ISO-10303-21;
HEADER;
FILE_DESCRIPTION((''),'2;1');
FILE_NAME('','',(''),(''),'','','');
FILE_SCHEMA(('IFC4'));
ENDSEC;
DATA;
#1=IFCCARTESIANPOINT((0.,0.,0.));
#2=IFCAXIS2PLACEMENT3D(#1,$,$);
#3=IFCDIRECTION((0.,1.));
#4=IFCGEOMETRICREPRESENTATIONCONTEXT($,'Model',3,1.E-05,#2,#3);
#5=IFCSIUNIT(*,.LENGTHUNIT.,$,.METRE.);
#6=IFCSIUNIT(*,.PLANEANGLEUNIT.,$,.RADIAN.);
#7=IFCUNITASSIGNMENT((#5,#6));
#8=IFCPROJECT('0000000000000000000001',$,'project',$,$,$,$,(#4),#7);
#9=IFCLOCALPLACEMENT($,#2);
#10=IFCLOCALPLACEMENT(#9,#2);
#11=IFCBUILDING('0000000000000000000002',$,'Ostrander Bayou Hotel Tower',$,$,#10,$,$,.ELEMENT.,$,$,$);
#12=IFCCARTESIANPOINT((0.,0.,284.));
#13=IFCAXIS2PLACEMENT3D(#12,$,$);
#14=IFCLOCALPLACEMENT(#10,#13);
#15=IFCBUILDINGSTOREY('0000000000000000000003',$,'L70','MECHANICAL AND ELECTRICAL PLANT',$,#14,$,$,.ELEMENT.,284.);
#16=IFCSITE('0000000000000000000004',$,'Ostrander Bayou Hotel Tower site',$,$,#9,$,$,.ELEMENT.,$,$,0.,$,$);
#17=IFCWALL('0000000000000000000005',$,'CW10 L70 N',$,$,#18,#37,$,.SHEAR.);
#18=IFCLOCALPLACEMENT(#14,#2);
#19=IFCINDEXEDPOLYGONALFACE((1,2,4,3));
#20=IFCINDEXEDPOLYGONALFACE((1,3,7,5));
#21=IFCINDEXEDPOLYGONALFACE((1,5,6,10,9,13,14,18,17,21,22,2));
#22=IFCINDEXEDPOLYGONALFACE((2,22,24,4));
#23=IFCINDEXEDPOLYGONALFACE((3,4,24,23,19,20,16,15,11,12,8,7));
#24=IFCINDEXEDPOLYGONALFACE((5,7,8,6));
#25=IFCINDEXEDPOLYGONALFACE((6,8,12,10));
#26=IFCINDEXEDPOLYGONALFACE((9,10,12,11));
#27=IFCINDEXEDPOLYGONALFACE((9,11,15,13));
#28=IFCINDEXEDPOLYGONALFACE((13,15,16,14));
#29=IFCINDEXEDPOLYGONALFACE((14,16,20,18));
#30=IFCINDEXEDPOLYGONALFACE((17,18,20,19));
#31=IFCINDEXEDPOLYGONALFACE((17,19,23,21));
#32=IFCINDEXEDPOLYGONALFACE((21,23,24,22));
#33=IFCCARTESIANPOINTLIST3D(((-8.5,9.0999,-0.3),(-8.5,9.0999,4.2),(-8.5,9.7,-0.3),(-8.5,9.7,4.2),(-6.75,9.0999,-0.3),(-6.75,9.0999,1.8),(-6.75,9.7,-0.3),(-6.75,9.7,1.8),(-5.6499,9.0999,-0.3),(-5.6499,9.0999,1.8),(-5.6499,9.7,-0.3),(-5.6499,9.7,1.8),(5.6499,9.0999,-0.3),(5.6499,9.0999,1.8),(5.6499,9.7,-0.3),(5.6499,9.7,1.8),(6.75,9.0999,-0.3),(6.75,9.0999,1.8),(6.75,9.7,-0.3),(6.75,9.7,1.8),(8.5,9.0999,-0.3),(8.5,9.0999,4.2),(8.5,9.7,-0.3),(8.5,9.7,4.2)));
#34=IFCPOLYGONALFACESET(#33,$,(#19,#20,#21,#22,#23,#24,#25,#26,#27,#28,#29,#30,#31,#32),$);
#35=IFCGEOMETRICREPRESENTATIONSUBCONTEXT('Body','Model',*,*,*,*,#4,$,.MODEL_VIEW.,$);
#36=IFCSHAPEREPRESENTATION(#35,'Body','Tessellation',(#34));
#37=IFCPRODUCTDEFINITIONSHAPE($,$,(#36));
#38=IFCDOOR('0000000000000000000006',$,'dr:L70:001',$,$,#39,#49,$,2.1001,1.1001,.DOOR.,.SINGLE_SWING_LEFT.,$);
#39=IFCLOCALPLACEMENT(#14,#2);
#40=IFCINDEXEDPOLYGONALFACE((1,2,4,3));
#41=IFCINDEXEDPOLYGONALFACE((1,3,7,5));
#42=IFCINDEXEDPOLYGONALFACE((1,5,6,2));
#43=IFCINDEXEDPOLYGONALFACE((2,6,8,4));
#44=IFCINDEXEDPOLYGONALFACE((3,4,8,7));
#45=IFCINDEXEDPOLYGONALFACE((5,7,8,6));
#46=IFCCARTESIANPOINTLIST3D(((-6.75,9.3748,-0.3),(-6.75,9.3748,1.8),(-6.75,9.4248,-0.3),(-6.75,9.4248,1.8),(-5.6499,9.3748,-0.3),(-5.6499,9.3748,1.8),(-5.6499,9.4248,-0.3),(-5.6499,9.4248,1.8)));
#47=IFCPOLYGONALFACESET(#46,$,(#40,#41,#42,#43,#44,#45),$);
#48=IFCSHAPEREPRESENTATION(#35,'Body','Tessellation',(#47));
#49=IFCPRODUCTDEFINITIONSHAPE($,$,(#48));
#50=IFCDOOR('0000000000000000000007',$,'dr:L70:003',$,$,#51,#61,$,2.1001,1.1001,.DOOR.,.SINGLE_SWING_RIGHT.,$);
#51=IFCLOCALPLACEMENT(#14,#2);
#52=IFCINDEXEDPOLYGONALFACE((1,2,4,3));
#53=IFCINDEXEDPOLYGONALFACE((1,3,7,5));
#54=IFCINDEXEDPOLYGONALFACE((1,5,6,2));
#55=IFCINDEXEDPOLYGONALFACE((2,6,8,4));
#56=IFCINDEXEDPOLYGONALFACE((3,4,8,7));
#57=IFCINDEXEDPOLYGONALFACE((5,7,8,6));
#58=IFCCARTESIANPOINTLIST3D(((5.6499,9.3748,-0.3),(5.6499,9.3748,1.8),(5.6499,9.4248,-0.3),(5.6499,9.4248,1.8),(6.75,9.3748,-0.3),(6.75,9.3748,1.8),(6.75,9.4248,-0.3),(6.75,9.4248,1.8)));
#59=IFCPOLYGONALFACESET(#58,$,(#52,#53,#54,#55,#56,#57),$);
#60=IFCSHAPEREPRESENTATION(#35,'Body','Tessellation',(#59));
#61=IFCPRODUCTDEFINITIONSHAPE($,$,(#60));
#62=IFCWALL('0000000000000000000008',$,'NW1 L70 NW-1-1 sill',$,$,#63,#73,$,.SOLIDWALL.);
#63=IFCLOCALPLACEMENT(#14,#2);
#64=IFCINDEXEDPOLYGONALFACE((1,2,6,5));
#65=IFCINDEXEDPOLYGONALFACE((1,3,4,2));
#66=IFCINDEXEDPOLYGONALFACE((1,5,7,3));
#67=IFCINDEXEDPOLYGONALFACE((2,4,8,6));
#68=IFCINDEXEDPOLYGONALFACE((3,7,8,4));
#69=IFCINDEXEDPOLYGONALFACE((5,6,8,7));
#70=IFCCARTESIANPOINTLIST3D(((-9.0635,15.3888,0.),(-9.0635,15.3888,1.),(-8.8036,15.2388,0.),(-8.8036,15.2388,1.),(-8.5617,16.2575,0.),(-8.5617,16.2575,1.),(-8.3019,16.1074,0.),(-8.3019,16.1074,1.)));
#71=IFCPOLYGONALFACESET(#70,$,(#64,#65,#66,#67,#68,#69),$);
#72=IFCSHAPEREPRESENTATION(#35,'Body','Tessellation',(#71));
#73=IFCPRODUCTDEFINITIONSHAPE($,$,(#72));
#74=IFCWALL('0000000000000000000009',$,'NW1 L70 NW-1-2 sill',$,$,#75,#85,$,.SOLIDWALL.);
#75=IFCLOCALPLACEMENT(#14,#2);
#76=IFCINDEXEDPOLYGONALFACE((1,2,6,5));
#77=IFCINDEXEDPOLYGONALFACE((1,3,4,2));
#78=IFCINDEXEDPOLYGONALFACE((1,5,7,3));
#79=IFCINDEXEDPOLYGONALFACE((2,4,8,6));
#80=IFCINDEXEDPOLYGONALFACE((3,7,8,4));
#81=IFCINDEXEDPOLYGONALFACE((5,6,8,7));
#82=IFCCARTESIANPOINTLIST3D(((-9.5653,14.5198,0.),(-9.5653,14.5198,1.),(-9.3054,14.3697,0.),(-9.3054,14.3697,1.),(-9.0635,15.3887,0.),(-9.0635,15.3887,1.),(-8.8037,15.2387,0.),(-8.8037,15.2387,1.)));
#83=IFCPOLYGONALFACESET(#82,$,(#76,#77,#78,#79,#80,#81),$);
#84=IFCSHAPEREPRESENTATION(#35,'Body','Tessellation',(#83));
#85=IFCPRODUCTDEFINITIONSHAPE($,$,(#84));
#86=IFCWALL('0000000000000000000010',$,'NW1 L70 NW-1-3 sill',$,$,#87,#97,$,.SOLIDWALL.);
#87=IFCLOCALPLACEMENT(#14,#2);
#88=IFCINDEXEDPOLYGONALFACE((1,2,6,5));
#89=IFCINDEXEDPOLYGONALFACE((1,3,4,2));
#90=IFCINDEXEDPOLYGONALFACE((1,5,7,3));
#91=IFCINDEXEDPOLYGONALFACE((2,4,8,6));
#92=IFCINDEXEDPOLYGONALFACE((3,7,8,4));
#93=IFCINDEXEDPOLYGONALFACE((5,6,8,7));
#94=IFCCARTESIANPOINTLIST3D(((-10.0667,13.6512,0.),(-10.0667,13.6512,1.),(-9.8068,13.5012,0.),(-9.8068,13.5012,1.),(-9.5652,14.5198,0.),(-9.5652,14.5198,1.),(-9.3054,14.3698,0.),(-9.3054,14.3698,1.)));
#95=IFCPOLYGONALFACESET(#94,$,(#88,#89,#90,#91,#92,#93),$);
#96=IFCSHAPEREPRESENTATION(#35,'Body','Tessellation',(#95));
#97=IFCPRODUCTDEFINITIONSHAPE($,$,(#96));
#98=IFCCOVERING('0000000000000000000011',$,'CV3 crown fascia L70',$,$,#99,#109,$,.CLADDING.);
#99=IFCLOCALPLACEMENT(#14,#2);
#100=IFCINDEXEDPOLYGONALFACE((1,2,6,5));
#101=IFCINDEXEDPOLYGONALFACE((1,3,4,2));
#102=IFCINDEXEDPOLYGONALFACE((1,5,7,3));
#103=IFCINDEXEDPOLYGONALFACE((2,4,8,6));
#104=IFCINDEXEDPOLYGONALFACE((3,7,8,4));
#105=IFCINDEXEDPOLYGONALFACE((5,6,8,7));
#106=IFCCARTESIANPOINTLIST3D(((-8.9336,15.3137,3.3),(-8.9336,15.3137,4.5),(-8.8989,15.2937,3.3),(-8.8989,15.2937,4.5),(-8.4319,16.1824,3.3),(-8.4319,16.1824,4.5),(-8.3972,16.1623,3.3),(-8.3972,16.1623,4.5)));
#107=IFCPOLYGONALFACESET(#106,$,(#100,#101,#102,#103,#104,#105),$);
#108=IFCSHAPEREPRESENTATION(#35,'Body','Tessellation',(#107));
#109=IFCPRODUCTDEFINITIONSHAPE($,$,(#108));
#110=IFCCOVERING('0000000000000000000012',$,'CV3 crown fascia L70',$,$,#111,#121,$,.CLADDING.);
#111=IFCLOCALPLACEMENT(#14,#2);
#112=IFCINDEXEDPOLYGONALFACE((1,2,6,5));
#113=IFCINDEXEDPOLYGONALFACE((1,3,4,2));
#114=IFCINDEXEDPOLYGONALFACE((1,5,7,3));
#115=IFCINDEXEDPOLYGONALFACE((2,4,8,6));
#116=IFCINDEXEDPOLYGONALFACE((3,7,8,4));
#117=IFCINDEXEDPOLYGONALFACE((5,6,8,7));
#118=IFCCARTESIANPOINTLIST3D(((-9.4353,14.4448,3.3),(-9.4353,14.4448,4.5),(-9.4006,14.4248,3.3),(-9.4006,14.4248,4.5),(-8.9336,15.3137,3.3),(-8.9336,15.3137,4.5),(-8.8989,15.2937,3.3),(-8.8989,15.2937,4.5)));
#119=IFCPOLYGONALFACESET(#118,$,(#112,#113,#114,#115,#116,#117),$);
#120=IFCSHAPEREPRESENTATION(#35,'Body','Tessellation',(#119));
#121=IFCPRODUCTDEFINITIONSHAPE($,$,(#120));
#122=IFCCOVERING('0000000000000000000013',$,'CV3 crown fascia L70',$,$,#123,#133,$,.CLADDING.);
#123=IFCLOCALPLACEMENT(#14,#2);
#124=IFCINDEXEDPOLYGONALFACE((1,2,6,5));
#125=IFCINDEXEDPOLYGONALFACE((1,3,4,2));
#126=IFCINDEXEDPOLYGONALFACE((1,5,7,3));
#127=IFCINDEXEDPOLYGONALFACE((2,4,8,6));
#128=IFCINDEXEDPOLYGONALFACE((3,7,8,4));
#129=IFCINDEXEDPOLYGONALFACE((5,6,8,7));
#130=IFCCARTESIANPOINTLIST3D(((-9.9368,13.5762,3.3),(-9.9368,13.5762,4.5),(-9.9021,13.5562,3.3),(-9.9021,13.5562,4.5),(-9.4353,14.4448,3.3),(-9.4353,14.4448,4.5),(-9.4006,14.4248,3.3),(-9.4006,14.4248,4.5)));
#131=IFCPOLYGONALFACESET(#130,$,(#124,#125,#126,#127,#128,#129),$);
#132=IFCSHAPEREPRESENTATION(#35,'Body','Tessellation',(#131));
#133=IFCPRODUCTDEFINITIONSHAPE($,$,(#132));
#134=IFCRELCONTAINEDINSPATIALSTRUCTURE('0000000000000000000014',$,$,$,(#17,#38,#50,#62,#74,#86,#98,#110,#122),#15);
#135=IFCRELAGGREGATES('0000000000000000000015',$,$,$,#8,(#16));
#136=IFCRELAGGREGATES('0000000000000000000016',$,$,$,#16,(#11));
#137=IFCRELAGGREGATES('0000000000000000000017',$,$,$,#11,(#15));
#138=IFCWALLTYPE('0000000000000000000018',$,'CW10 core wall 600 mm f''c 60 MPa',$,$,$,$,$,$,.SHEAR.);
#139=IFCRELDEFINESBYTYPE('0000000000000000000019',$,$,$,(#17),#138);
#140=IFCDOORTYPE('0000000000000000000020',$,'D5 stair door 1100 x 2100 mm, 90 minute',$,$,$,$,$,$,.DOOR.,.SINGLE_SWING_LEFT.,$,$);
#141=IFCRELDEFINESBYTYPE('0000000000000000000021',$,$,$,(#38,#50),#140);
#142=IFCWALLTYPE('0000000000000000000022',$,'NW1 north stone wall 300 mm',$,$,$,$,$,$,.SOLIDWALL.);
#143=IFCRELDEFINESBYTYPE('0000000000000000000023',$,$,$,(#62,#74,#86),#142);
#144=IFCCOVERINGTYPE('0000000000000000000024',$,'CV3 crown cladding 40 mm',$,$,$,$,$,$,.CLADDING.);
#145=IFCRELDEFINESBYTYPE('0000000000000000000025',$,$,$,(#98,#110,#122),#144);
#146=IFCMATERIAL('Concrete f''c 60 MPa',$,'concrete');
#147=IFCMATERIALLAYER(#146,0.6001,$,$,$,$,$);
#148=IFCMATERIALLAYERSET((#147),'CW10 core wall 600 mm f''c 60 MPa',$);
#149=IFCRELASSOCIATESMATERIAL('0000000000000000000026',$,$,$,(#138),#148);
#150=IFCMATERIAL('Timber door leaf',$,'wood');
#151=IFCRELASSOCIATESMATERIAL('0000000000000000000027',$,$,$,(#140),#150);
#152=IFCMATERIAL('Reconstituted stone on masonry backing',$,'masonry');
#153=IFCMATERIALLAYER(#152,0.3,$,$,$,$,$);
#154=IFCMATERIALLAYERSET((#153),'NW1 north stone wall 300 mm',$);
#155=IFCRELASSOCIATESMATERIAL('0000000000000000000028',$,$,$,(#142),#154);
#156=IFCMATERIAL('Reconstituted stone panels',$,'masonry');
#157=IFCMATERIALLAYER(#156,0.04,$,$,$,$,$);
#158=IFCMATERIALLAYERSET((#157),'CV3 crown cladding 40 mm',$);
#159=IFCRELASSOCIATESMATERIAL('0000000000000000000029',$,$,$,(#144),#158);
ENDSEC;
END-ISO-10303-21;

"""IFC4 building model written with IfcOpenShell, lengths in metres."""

from ifc_helpers import new_model, si_unit, direction, frame, frame_2d, origin, place, context, subcontext, project, spatial, polyline, rectangle, outline, extrude, material, layer, layer_set, type_object, element, fill, save


model = new_model("IFC4")

# Units and contexts
model_context = context("Model", 3, precision=1e-05, world=origin(), true_north=direction((0.0, 1.0)))
body_context = subcontext(model_context, "Body", "Model", "MODEL_VIEW")
ifc_project = project(units=[si_unit("LENGTHUNIT", "METRE"), si_unit("PLANEANGLEUNIT", "RADIAN")], contexts=[model_context])

# Site, building, storey
site_placement = place(None, origin())
site = spatial("IfcSite", under=ifc_project, at=site_placement, Name="Ostrander Bayou Hotel Tower site", CompositionType="ELEMENT", RefElevation=0.0)
building_placement = place(site_placement, origin())
building = spatial("IfcBuilding", under=site, at=building_placement, Name="Ostrander Bayou Hotel Tower", CompositionType="ELEMENT")
storey_placement = place(building_placement, frame((0.0, 0.0, 284.0)))
storey = spatial("IfcBuildingStorey", under=building, at=storey_placement, Name="L70", Description="MECHANICAL AND ELECTRICAL PLANT", CompositionType="ELEMENT", Elevation=284.0)

# Wall, openings, doors
ifc_material_1 = material(Name="Concrete f'c 60 MPa", Category="concrete")
ifc_layer_1 = layer(ifc_material_1, 0.6001)
ifc_layer_set_1 = layer_set([ifc_layer_1], Name="CW10 core wall 600 mm f'c 60 MPa")
wall_type_1 = type_object("IfcWallType", Name="CW10 core wall 600 mm f'c 60 MPa", PredefinedType="SHEAR", material=ifc_layer_set_1)
wall_1_placement = place(storey_placement, frame((-8.5, 9.3999, -0.3), z_axis=(0.0, 0.0, 1.0), x_axis=(1.0, 0.0, 0.0)))
wall_1 = element("IfcWall", 1, at=wall_1_placement, inside=storey, type_object=wall_type_1, Name="CW10 L70 N", PredefinedType="SHEAR", context=body_context, shape_type="SweptSolid", body=[
    extrude(rectangle(XDim=17.0, YDim=0.6001, at=frame_2d((8.5, 0.0))), origin(), (0.0, 0.0, 1.0), 4.5),
])
opening_1_placement = place(wall_1_placement, frame((1.75, 0.0, 0.0)))
opening_1 = element("IfcOpeningElement", 2, at=opening_1_placement, cuts=wall_1, PredefinedType="OPENING", context=body_context, shape_type="SweptSolid", body=[
    extrude(rectangle(XDim=1.1001, YDim=2.1001, at=frame_2d((0.55, 1.05))), frame((0.0, 0.3, 0.0), z_axis=(0.0, -1.0, 0.0), x_axis=(1.0, 0.0, 0.0)), (0.0, 0.0, 1.0), 0.6001),
])
opening_2_placement = place(wall_1_placement, frame((14.1499, 0.0, 0.0)))
opening_2 = element("IfcOpeningElement", 3, at=opening_2_placement, cuts=wall_1, PredefinedType="OPENING", context=body_context, shape_type="SweptSolid", body=[
    extrude(rectangle(XDim=1.1001, YDim=2.1001, at=frame_2d((0.55, 1.05))), frame((0.0, 0.3, 0.0), z_axis=(0.0, -1.0, 0.0), x_axis=(1.0, 0.0, 0.0)), (0.0, 0.0, 1.0), 0.6001),
])
ifc_material_2 = material(Name="Timber door leaf", Category="wood")
door_type_1 = type_object("IfcDoorType", Name="D5 stair door 1100 x 2100 mm, 90 minute", OperationType="SINGLE_SWING_LEFT", PredefinedType="DOOR", material=ifc_material_2)
door_1_placement = place(opening_1_placement, origin())
door_1 = element("IfcDoor", 4, at=door_1_placement, inside=storey, type_object=door_type_1, Name="dr:L70:001", OperationType="SINGLE_SWING_LEFT", OverallHeight=2.1001, OverallWidth=1.1001, PredefinedType="DOOR", context=body_context, shape_type="SweptSolid", body=[
    extrude(rectangle(XDim=1.1001, YDim=2.1001, at=frame_2d((0.55, 1.05))), frame((0.0, 0.0249, 0.0), z_axis=(0.0, -1.0, 0.0), x_axis=(1.0, 0.0, 0.0)), (0.0, 0.0, 1.0), 0.05),
])
fill(opening_1, door_1)
door_2_placement = place(opening_2_placement, origin())
door_2 = element("IfcDoor", 5, at=door_2_placement, inside=storey, type_object=door_type_1, Name="dr:L70:003", OperationType="SINGLE_SWING_RIGHT", OverallHeight=2.1001, OverallWidth=1.1001, PredefinedType="DOOR", context=body_context, shape_type="SweptSolid", body=[
    extrude(rectangle(XDim=1.1001, YDim=2.1001, at=frame_2d((0.55, 1.05))), frame((0.0, 0.0249, 0.0), z_axis=(0.0, -1.0, 0.0), x_axis=(1.0, 0.0, 0.0)), (0.0, 0.0, 1.0), 0.05),
])
fill(opening_2, door_2)

# Walls
ifc_material_3 = material(Name="Reconstituted stone on masonry backing", Category="masonry")
ifc_layer_2 = layer(ifc_material_3, 0.3)
ifc_layer_set_2 = layer_set([ifc_layer_2], Name="NW1 north stone wall 300 mm")
wall_type_2 = type_object("IfcWallType", Name="NW1 north stone wall 300 mm", PredefinedType="SOLIDWALL", material=ifc_layer_set_2)
wall_2_placement = place(storey_placement, frame((-8.4319, 16.1824, 0.0), z_axis=(0.0, 0.0, 1.0), x_axis=(-0.500144, -0.865942, 0.0)))
element("IfcWall", 6, at=wall_2_placement, inside=storey, type_object=wall_type_2, Name="NW1 L70 NW-1-1 sill", PredefinedType="SOLIDWALL", context=body_context, shape_type="SweptSolid", body=[
    extrude(rectangle(XDim=1.0032, YDim=0.3, at=frame_2d((0.5015, 0.0))), origin(), (0.0, 0.0, 1.0), 1.0),
])
wall_3_placement = place(storey_placement, frame((-8.9336, 15.3137, 0.0), z_axis=(0.0, 0.0, 1.0), x_axis=(-0.500038, -0.866003, 0.0)))
element("IfcWall", 7, at=wall_3_placement, inside=storey, type_object=wall_type_2, Name="NW1 L70 NW-1-2 sill", PredefinedType="SOLIDWALL", context=body_context, shape_type="SweptSolid", body=[
    extrude(rectangle(XDim=1.0034, YDim=0.3, at=frame_2d((0.5017, 0.0))), origin(), (0.0, 0.0, 1.0), 1.0),
])
wall_4_placement = place(storey_placement, frame((-9.4353, 14.4448, 0.0), z_axis=(0.0, 0.0, 1.0), x_axis=(-0.499961, -0.866048, 0.0)))
element("IfcWall", 8, at=wall_4_placement, inside=storey, type_object=wall_type_2, Name="NW1 L70 NW-1-3 sill", PredefinedType="SOLIDWALL", context=body_context, shape_type="SweptSolid", body=[
    extrude(rectangle(XDim=1.0029, YDim=0.3, at=frame_2d((0.5015, 0.0))), origin(), (0.0, 0.0, 1.0), 1.0),
])

# Coverings
ifc_material_4 = material(Name="Reconstituted stone panels", Category="masonry")
ifc_layer_3 = layer(ifc_material_4, 0.04)
ifc_layer_set_3 = layer_set([ifc_layer_3], Name="CV3 crown cladding 40 mm")
covering_type = type_object("IfcCoveringType", Name="CV3 crown cladding 40 mm", PredefinedType="CLADDING", material=ifc_layer_set_3)
covering_1_placement = place(storey_placement, frame((-8.4319, 16.1824, 3.3), z_axis=(-0.865942, 0.500144, 0.0), x_axis=(-0.500144, -0.865942, 0.0)))
element("IfcCovering", 9, at=covering_1_placement, inside=storey, type_object=covering_type, Name="CV3 crown fascia L70", PredefinedType="CLADDING", context=body_context, shape_type="SweptSolid", body=[
    extrude(outline(polyline([(0.0, 0.0), (1.0031, 0.0), (1.0031, 1.2), (0.0, 1.2), (0.0, 0.0)])), origin(), (0.0, 0.0, -1.0), 0.04),
])
covering_2_placement = place(storey_placement, frame((-8.9336, 15.3137, 3.3), z_axis=(-0.866003, 0.500038, 0.0), x_axis=(-0.500038, -0.866003, 0.0)))
element("IfcCovering", 10, at=covering_2_placement, inside=storey, type_object=covering_type, Name="CV3 crown fascia L70", PredefinedType="CLADDING", context=body_context, shape_type="SweptSolid", body=[
    extrude(outline(polyline([(0.0, 0.0), (1.0033, 0.0), (1.0033, 1.2), (0.0, 1.2), (0.0, 0.0)])), origin(), (0.0, 0.0, -1.0), 0.04),
])
covering_3_placement = place(storey_placement, frame((-9.4353, 14.4448, 3.3), z_axis=(-0.866048, 0.499961, 0.0), x_axis=(-0.499961, -0.866048, 0.0)))
element("IfcCovering", 11, at=covering_3_placement, inside=storey, type_object=covering_type, Name="CV3 crown fascia L70", PredefinedType="CLADDING", context=body_context, shape_type="SweptSolid", body=[
    extrude(outline(polyline([(0.0, 0.0), (1.003, 0.0), (1.003, 1.2), (0.0, 1.2), (0.0, 0.0)])), origin(), (0.0, 0.0, -1.0), 0.04),
])

save(model, "model.ifc")
